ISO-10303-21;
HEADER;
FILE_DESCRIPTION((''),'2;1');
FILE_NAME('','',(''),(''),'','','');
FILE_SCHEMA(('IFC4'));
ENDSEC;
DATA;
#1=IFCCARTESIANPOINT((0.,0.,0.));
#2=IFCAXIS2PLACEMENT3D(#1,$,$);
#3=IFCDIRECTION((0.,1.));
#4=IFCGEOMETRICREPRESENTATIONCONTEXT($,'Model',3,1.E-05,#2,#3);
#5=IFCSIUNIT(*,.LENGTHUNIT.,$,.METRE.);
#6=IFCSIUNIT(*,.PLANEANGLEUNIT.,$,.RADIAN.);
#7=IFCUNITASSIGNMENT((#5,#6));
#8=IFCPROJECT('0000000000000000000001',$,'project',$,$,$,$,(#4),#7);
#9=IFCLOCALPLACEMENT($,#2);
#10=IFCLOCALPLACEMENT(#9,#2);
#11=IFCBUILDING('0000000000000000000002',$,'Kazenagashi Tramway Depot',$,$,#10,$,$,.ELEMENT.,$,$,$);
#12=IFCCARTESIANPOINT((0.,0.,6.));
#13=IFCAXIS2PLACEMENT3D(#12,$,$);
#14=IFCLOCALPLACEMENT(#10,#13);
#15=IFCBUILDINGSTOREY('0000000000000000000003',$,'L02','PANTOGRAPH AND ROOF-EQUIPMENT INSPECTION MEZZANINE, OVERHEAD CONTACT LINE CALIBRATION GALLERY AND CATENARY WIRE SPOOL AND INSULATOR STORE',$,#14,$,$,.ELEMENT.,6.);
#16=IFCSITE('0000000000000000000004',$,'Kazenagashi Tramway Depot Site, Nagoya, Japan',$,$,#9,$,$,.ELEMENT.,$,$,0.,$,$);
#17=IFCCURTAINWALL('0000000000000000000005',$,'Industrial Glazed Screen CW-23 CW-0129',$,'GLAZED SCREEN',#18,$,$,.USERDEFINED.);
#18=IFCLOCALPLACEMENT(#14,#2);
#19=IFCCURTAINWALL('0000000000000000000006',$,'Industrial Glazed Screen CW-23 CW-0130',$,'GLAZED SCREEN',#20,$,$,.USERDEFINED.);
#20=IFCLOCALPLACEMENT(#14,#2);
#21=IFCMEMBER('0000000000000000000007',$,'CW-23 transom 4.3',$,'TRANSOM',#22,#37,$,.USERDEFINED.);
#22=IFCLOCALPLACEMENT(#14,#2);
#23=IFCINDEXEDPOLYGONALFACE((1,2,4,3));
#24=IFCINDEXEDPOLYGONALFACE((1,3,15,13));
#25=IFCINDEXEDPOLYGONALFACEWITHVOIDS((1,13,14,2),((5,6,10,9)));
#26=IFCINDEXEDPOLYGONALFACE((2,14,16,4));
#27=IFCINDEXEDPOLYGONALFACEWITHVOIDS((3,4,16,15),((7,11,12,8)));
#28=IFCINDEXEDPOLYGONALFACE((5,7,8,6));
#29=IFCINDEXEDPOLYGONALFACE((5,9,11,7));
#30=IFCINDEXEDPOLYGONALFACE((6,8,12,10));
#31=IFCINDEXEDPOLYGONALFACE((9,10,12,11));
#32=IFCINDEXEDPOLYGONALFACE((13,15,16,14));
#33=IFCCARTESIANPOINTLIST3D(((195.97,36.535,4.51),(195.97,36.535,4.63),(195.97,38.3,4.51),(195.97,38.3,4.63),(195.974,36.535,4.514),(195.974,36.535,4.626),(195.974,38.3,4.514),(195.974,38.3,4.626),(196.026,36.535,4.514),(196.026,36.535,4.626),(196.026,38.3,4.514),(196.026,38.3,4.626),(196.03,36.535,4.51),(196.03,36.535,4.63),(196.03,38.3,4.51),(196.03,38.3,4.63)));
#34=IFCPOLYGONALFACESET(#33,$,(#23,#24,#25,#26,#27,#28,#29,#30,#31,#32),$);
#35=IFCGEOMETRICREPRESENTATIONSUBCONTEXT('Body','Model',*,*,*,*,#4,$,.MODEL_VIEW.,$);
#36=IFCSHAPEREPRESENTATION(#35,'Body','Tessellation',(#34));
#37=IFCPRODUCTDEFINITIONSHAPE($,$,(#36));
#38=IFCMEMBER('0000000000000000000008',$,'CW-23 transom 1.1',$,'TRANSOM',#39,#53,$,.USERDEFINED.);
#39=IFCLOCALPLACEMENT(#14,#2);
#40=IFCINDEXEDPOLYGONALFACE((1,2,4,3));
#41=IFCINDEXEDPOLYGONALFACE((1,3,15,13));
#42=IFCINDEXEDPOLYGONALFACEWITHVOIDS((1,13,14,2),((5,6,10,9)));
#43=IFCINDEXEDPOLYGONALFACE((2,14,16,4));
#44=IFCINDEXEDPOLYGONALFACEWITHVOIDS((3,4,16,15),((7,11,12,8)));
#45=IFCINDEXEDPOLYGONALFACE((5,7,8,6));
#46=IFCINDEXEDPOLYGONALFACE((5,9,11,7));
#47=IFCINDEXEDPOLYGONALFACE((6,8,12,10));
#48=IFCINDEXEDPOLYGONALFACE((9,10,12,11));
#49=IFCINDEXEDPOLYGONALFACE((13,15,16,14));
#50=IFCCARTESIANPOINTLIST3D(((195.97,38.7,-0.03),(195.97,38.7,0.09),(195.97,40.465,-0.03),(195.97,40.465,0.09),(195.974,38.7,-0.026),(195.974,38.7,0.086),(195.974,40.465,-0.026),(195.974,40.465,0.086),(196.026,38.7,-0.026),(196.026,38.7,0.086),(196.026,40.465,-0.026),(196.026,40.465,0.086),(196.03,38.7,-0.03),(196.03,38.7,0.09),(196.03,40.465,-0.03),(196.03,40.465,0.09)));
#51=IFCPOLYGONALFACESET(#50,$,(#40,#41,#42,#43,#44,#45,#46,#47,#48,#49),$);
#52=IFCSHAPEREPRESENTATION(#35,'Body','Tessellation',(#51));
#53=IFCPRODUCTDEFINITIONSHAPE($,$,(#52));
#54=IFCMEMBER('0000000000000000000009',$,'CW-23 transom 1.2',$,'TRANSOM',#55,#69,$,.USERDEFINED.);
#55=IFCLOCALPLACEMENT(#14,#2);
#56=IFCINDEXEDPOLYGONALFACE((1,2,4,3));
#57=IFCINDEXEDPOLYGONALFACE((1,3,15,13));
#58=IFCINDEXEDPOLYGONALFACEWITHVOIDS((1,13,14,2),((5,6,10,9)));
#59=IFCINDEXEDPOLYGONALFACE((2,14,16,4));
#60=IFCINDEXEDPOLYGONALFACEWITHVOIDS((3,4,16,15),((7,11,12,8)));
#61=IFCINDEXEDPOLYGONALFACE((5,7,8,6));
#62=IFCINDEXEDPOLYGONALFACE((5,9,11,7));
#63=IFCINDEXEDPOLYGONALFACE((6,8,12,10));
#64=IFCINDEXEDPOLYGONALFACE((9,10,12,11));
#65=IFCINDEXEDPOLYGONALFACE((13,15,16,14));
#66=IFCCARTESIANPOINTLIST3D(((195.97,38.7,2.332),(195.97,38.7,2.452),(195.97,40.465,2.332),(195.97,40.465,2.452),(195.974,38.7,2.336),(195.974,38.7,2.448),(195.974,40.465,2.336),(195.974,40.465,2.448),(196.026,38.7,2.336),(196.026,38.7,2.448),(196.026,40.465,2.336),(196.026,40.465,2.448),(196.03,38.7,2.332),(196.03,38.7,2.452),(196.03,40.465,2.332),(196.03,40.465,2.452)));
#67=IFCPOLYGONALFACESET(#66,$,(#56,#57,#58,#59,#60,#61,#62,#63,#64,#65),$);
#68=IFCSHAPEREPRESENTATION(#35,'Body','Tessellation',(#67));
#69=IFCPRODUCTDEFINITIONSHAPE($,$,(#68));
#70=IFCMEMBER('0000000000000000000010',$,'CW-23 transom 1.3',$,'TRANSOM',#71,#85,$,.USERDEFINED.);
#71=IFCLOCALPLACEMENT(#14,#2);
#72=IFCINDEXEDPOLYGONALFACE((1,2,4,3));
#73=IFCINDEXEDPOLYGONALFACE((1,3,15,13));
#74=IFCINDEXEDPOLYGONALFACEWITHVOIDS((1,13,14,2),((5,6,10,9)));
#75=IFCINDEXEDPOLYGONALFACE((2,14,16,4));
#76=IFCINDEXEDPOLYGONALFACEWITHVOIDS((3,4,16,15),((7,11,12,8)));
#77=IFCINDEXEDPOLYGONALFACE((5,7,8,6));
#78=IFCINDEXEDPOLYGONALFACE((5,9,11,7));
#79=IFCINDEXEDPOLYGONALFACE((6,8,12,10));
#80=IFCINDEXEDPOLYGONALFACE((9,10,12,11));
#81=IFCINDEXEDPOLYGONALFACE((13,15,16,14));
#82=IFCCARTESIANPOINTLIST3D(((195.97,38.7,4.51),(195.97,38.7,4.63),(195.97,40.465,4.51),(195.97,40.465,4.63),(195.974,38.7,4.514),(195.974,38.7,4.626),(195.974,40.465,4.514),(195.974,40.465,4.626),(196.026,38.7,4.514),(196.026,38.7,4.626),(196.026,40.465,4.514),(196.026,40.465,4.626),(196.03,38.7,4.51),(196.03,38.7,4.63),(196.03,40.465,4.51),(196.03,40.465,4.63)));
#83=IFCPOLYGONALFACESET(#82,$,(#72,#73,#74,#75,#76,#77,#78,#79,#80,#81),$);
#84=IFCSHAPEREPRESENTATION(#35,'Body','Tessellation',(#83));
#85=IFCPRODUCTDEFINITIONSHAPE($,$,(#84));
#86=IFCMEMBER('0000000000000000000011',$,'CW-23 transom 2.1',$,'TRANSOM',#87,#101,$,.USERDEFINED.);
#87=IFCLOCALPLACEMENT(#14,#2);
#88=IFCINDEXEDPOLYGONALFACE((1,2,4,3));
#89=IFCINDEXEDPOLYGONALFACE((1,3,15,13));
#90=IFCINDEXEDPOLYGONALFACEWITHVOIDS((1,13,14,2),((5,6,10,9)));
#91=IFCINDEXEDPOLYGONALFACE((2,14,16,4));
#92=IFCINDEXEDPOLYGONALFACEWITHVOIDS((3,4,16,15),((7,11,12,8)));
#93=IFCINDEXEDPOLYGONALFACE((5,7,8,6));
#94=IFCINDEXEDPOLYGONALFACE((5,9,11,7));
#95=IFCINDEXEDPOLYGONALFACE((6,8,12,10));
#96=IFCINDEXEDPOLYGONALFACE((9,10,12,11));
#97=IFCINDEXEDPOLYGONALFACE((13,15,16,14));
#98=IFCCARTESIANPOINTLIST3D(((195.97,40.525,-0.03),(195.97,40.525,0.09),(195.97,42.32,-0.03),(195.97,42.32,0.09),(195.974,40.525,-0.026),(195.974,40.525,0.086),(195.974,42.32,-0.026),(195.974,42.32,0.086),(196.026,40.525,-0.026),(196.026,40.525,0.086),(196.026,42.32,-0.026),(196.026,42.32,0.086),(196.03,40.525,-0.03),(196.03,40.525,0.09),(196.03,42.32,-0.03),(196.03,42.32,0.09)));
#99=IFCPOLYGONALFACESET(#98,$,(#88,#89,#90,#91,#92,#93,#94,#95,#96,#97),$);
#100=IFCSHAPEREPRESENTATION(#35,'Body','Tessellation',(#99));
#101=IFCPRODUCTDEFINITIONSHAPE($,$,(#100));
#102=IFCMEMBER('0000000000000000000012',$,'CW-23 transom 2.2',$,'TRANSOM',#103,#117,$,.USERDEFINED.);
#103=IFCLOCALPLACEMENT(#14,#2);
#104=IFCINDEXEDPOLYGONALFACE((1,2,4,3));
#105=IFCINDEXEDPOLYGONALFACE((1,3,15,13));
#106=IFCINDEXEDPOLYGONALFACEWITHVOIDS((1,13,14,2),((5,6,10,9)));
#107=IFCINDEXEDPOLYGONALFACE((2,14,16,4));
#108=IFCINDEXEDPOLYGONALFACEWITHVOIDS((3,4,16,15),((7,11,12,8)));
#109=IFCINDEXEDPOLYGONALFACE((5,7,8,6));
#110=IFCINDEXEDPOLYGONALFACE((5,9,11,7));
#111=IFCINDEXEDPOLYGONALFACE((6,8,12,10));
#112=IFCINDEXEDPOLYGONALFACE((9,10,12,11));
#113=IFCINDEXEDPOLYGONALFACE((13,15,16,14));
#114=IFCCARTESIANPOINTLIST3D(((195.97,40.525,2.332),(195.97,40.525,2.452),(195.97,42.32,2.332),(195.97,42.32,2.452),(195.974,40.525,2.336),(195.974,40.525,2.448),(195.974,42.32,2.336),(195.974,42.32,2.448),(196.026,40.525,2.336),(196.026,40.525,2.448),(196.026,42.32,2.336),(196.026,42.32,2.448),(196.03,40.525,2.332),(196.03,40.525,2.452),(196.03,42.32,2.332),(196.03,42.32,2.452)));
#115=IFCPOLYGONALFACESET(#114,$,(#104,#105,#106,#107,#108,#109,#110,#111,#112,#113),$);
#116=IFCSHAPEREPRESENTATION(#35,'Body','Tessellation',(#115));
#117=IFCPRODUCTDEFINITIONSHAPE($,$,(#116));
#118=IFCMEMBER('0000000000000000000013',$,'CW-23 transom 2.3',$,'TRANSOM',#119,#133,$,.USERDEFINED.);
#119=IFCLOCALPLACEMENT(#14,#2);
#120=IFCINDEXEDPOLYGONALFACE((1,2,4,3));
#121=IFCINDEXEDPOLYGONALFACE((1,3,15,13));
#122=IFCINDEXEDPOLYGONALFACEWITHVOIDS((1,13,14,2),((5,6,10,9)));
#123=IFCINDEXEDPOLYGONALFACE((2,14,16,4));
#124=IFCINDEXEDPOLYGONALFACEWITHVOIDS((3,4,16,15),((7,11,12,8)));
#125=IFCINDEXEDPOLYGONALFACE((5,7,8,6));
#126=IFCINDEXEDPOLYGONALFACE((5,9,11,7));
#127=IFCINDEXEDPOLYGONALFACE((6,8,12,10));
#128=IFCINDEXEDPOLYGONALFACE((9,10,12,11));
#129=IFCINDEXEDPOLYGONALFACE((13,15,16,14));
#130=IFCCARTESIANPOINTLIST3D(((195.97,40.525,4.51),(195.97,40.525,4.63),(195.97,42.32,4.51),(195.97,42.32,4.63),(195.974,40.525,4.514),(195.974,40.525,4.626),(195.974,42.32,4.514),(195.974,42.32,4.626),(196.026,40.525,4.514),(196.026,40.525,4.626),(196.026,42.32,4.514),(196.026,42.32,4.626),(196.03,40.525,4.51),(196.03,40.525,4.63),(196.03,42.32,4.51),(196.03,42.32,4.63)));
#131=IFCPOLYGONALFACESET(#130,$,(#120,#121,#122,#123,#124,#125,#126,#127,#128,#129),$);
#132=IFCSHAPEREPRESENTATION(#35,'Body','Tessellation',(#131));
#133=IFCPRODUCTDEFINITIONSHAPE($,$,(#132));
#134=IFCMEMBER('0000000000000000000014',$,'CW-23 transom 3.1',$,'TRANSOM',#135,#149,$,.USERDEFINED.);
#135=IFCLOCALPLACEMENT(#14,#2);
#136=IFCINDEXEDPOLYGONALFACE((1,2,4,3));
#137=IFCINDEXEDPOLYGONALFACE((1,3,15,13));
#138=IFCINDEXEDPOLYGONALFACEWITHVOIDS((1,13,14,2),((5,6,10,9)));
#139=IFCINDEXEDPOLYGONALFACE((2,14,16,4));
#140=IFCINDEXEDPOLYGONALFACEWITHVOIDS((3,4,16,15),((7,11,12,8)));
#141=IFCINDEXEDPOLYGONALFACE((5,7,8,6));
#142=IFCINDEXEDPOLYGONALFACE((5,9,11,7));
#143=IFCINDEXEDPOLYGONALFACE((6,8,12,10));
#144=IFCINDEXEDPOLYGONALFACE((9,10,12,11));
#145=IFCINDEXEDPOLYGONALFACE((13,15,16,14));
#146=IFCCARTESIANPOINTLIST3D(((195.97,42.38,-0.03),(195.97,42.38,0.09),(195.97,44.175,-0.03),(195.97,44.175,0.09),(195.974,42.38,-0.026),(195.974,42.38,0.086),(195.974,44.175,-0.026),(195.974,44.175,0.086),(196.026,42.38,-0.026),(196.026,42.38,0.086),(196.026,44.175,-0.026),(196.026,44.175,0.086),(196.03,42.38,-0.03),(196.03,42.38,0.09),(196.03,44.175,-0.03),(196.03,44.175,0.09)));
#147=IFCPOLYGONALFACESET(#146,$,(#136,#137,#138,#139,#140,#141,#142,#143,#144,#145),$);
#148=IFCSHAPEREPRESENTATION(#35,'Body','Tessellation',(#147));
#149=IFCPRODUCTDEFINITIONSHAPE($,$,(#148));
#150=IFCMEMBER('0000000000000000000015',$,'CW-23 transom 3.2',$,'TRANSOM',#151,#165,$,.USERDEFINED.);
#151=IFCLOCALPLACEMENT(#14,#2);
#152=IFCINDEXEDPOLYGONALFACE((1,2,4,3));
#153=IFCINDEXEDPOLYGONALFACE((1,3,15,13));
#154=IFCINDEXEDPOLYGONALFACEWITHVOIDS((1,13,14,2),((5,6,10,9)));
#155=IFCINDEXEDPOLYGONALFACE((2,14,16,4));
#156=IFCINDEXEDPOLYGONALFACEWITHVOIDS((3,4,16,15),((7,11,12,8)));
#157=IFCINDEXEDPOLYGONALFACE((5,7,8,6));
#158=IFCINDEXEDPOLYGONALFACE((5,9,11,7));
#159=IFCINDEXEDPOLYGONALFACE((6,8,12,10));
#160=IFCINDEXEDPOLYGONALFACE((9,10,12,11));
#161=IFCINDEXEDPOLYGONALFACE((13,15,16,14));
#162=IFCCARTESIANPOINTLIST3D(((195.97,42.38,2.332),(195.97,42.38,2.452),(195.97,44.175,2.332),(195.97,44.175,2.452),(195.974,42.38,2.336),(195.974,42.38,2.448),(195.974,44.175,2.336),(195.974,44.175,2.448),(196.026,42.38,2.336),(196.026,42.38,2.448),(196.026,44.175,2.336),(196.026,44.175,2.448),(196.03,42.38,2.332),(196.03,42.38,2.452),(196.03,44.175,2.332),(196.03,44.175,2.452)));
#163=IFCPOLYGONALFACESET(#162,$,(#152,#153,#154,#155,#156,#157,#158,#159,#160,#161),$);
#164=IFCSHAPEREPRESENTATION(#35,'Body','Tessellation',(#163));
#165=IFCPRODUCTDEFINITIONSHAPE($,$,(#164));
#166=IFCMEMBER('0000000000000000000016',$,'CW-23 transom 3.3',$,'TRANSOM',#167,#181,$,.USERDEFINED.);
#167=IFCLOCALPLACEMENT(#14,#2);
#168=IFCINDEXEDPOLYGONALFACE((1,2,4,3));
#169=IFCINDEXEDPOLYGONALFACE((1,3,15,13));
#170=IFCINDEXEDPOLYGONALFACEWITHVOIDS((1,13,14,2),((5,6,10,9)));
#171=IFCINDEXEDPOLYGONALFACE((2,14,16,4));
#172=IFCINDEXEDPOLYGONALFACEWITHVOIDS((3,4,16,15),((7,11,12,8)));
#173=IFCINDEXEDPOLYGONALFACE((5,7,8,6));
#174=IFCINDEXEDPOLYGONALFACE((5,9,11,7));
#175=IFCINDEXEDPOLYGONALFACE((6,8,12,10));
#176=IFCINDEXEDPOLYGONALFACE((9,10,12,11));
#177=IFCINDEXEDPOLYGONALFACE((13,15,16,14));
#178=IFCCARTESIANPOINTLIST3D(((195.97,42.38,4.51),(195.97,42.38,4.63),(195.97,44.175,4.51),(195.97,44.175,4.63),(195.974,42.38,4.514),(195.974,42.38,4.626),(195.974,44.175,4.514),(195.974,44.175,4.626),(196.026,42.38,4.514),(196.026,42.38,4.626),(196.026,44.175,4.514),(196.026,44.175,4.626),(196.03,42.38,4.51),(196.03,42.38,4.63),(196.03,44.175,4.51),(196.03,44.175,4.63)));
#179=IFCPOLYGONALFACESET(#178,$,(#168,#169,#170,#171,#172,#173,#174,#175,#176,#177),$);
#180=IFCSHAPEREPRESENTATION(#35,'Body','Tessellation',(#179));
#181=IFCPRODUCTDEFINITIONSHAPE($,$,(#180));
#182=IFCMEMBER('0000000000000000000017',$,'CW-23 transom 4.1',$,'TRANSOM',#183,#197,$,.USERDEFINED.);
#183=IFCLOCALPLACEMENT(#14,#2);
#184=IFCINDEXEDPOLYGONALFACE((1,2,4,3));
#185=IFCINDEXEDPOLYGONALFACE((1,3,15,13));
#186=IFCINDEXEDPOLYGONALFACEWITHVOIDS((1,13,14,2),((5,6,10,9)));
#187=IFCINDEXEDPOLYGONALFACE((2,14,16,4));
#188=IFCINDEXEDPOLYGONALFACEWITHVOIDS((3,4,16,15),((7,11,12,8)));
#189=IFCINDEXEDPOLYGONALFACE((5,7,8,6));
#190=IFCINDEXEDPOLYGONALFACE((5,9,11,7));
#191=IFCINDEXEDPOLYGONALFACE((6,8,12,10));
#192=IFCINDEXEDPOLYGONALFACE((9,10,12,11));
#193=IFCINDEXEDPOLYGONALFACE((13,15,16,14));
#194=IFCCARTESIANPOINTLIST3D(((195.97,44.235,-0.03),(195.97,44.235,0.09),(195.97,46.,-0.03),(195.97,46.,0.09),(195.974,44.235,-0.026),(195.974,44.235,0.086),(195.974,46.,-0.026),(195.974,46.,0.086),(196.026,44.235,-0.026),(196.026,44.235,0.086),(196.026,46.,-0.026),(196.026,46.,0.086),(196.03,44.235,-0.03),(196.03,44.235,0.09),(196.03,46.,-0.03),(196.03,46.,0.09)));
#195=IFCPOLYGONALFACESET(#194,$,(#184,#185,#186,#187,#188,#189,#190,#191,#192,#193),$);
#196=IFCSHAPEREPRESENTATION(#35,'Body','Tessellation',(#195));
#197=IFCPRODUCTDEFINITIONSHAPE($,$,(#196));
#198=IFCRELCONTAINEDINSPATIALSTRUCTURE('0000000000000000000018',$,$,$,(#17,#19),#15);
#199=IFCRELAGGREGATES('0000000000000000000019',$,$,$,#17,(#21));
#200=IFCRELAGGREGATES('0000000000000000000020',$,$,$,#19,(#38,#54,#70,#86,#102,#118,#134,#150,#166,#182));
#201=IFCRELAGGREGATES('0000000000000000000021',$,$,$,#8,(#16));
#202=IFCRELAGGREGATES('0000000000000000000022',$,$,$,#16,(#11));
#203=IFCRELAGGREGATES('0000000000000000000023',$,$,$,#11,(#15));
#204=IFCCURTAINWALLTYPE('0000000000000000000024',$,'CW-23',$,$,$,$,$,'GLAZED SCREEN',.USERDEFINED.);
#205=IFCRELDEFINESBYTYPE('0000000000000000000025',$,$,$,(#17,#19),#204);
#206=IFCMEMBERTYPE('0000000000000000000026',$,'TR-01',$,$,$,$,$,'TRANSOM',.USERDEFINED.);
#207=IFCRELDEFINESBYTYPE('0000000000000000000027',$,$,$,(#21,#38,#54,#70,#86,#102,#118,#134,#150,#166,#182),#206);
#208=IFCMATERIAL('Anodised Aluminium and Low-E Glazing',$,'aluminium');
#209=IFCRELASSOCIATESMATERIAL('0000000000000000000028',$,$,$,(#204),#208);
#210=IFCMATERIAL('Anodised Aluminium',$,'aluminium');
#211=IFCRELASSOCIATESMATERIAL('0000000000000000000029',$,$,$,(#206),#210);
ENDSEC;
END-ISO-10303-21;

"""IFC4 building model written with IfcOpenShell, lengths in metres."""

from ifc_helpers import new_model, si_unit, direction, frame, origin, origin_2d, place, context, subcontext, project, spatial, hollow_rectangle, extrude, material, material_profile, profile_set, type_object, element, aggregate, save


model = new_model("IFC4")

# Units and contexts
model_context = context("Model", 3, precision=1e-05, world=origin(), true_north=direction((0.0, 1.0)))
body_context = subcontext(model_context, "Body", "Model", "MODEL_VIEW")
ifc_project = project(units=[si_unit("LENGTHUNIT", "METRE"), si_unit("PLANEANGLEUNIT", "RADIAN")], contexts=[model_context])

# Site, building, storey
site_placement = place(None, origin())
site = spatial("IfcSite", under=ifc_project, at=site_placement, Name="Kazenagashi Tramway Depot Site, Nagoya, Japan", CompositionType="ELEMENT", RefElevation=0.0)
building_placement = place(site_placement, origin())
building = spatial("IfcBuilding", under=site, at=building_placement, Name="Kazenagashi Tramway Depot", CompositionType="ELEMENT")
storey_placement = place(building_placement, frame((0.0, 0.0, 6.0)))
storey = spatial("IfcBuildingStorey", under=building, at=storey_placement, Name="L02", Description="PANTOGRAPH AND ROOF-EQUIPMENT INSPECTION MEZZANINE, OVERHEAD CONTACT LINE CALIBRATION GALLERY AND CATENARY WIRE SPOOL AND INSULATOR STORE", CompositionType="ELEMENT", Elevation=6.0)

# Curtain walls
ifc_material_1 = material(Name="Anodised Aluminium and Low-E Glazing", Category="aluminium")
curtain_wall_type = type_object("IfcCurtainWallType", Name="CW-23", ElementType="GLAZED SCREEN", PredefinedType="USERDEFINED", material=ifc_material_1)
curtain_wall_1_placement = place(storey_placement, origin())
curtain_wall_1 = element("IfcCurtainWall", 1, at=curtain_wall_1_placement, inside=storey, type_object=curtain_wall_type, Name="Industrial Glazed Screen CW-23 CW-0129", ObjectType="GLAZED SCREEN", PredefinedType="USERDEFINED")
ifc_material_2 = material(Name="Anodised Aluminium", Category="aluminium")
curtain_wall_2_placement = place(storey_placement, origin())
curtain_wall_2 = element("IfcCurtainWall", 2, at=curtain_wall_2_placement, inside=storey, type_object=curtain_wall_type, Name="Industrial Glazed Screen CW-23 CW-0130", ObjectType="GLAZED SCREEN", PredefinedType="USERDEFINED")

# Members
ifc_material_profile_1 = material_profile(ifc_material_2, hollow_rectangle(XDim=0.06, YDim=0.12, WallThickness=0.004, at=origin_2d()), Name="RHS-120x60x4")
ifc_profile_set_1 = profile_set([ifc_material_profile_1], Name="Anodised Aluminium")
member_type_1 = type_object("IfcMemberType", Name="TR-01", ElementType="TRANSOM", PredefinedType="USERDEFINED", material=ifc_profile_set_1)
member_1_placement = place(storey_placement, frame((196.0, 36.535, 4.57), z_axis=(0.0, 1.0, 0.0), x_axis=(-1.0, 0.0, 0.0)))
member_1 = element("IfcMember", 3, at=member_1_placement, type_object=member_type_1, Name="CW-23 transom 4.3", ObjectType="TRANSOM", PredefinedType="USERDEFINED", context=body_context, shape_type="SweptSolid", body=[
    extrude(hollow_rectangle(XDim=0.06, YDim=0.12, WallThickness=0.004, at=origin_2d()), origin(), (0.0, 0.0, 1.0), 1.765),
])
member_2_placement = place(storey_placement, frame((196.0, 38.7, 0.03), z_axis=(0.0, 1.0, 0.0), x_axis=(-1.0, 0.0, 0.0)))
member_2 = element("IfcMember", 4, at=member_2_placement, type_object=member_type_1, Name="CW-23 transom 1.1", ObjectType="TRANSOM", PredefinedType="USERDEFINED", context=body_context, shape_type="SweptSolid", body=[
    extrude(hollow_rectangle(XDim=0.06, YDim=0.12, WallThickness=0.004, at=origin_2d()), origin(), (0.0, 0.0, 1.0), 1.765),
])
member_3_placement = place(storey_placement, frame((196.0, 38.7, 2.392), z_axis=(0.0, 1.0, 0.0), x_axis=(-1.0, 0.0, 0.0)))
member_3 = element("IfcMember", 5, at=member_3_placement, type_object=member_type_1, Name="CW-23 transom 1.2", ObjectType="TRANSOM", PredefinedType="USERDEFINED", context=body_context, shape_type="SweptSolid", body=[
    extrude(hollow_rectangle(XDim=0.06, YDim=0.12, WallThickness=0.004, at=origin_2d()), origin(), (0.0, 0.0, 1.0), 1.765),
])
member_4_placement = place(storey_placement, frame((196.0, 38.7, 4.57), z_axis=(0.0, 1.0, 0.0), x_axis=(-1.0, 0.0, 0.0)))
member_4 = element("IfcMember", 6, at=member_4_placement, type_object=member_type_1, Name="CW-23 transom 1.3", ObjectType="TRANSOM", PredefinedType="USERDEFINED", context=body_context, shape_type="SweptSolid", body=[
    extrude(hollow_rectangle(XDim=0.06, YDim=0.12, WallThickness=0.004, at=origin_2d()), origin(), (0.0, 0.0, 1.0), 1.765),
])
member_5_placement = place(storey_placement, frame((196.0, 40.525, 0.03), z_axis=(0.0, 1.0, 0.0), x_axis=(-1.0, 0.0, 0.0)))
member_5 = element("IfcMember", 7, at=member_5_placement, type_object=member_type_1, Name="CW-23 transom 2.1", ObjectType="TRANSOM", PredefinedType="USERDEFINED", context=body_context, shape_type="SweptSolid", body=[
    extrude(hollow_rectangle(XDim=0.06, YDim=0.12, WallThickness=0.004, at=origin_2d()), origin(), (0.0, 0.0, 1.0), 1.795),
])
member_6_placement = place(storey_placement, frame((196.0, 40.525, 2.392), z_axis=(0.0, 1.0, 0.0), x_axis=(-1.0, 0.0, 0.0)))
member_6 = element("IfcMember", 8, at=member_6_placement, type_object=member_type_1, Name="CW-23 transom 2.2", ObjectType="TRANSOM", PredefinedType="USERDEFINED", context=body_context, shape_type="SweptSolid", body=[
    extrude(hollow_rectangle(XDim=0.06, YDim=0.12, WallThickness=0.004, at=origin_2d()), origin(), (0.0, 0.0, 1.0), 1.795),
])
member_7_placement = place(storey_placement, frame((196.0, 40.525, 4.57), z_axis=(0.0, 1.0, 0.0), x_axis=(-1.0, 0.0, 0.0)))
member_7 = element("IfcMember", 9, at=member_7_placement, type_object=member_type_1, Name="CW-23 transom 2.3", ObjectType="TRANSOM", PredefinedType="USERDEFINED", context=body_context, shape_type="SweptSolid", body=[
    extrude(hollow_rectangle(XDim=0.06, YDim=0.12, WallThickness=0.004, at=origin_2d()), origin(), (0.0, 0.0, 1.0), 1.795),
])
member_8_placement = place(storey_placement, frame((196.0, 42.38, 0.03), z_axis=(0.0, 1.0, 0.0), x_axis=(-1.0, 0.0, 0.0)))
member_8 = element("IfcMember", 10, at=member_8_placement, type_object=member_type_1, Name="CW-23 transom 3.1", ObjectType="TRANSOM", PredefinedType="USERDEFINED", context=body_context, shape_type="SweptSolid", body=[
    extrude(hollow_rectangle(XDim=0.06, YDim=0.12, WallThickness=0.004, at=origin_2d()), origin(), (0.0, 0.0, 1.0), 1.795),
])
member_9_placement = place(storey_placement, frame((196.0, 42.38, 2.392), z_axis=(0.0, 1.0, 0.0), x_axis=(-1.0, 0.0, 0.0)))
member_9 = element("IfcMember", 11, at=member_9_placement, type_object=member_type_1, Name="CW-23 transom 3.2", ObjectType="TRANSOM", PredefinedType="USERDEFINED", context=body_context, shape_type="SweptSolid", body=[
    extrude(hollow_rectangle(XDim=0.06, YDim=0.12, WallThickness=0.004, at=origin_2d()), origin(), (0.0, 0.0, 1.0), 1.795),
])
member_10_placement = place(storey_placement, frame((196.0, 42.38, 4.57), z_axis=(0.0, 1.0, 0.0), x_axis=(-1.0, 0.0, 0.0)))
member_10 = element("IfcMember", 12, at=member_10_placement, type_object=member_type_1, Name="CW-23 transom 3.3", ObjectType="TRANSOM", PredefinedType="USERDEFINED", context=body_context, shape_type="SweptSolid", body=[
    extrude(hollow_rectangle(XDim=0.06, YDim=0.12, WallThickness=0.004, at=origin_2d()), origin(), (0.0, 0.0, 1.0), 1.795),
])
member_11_placement = place(storey_placement, frame((196.0, 44.235, 0.03), z_axis=(0.0, 1.0, 0.0), x_axis=(-1.0, 0.0, 0.0)))
member_11 = element("IfcMember", 13, at=member_11_placement, type_object=member_type_1, Name="CW-23 transom 4.1", ObjectType="TRANSOM", PredefinedType="USERDEFINED", context=body_context, shape_type="SweptSolid", body=[
    extrude(hollow_rectangle(XDim=0.06, YDim=0.12, WallThickness=0.004, at=origin_2d()), origin(), (0.0, 0.0, 1.0), 1.765),
])

aggregate(curtain_wall_1, [member_1])
aggregate(curtain_wall_2, [member_2, member_3, member_4, member_5, member_6, member_7, member_8, member_9, member_10, member_11])

save(model, "model.ifc")
